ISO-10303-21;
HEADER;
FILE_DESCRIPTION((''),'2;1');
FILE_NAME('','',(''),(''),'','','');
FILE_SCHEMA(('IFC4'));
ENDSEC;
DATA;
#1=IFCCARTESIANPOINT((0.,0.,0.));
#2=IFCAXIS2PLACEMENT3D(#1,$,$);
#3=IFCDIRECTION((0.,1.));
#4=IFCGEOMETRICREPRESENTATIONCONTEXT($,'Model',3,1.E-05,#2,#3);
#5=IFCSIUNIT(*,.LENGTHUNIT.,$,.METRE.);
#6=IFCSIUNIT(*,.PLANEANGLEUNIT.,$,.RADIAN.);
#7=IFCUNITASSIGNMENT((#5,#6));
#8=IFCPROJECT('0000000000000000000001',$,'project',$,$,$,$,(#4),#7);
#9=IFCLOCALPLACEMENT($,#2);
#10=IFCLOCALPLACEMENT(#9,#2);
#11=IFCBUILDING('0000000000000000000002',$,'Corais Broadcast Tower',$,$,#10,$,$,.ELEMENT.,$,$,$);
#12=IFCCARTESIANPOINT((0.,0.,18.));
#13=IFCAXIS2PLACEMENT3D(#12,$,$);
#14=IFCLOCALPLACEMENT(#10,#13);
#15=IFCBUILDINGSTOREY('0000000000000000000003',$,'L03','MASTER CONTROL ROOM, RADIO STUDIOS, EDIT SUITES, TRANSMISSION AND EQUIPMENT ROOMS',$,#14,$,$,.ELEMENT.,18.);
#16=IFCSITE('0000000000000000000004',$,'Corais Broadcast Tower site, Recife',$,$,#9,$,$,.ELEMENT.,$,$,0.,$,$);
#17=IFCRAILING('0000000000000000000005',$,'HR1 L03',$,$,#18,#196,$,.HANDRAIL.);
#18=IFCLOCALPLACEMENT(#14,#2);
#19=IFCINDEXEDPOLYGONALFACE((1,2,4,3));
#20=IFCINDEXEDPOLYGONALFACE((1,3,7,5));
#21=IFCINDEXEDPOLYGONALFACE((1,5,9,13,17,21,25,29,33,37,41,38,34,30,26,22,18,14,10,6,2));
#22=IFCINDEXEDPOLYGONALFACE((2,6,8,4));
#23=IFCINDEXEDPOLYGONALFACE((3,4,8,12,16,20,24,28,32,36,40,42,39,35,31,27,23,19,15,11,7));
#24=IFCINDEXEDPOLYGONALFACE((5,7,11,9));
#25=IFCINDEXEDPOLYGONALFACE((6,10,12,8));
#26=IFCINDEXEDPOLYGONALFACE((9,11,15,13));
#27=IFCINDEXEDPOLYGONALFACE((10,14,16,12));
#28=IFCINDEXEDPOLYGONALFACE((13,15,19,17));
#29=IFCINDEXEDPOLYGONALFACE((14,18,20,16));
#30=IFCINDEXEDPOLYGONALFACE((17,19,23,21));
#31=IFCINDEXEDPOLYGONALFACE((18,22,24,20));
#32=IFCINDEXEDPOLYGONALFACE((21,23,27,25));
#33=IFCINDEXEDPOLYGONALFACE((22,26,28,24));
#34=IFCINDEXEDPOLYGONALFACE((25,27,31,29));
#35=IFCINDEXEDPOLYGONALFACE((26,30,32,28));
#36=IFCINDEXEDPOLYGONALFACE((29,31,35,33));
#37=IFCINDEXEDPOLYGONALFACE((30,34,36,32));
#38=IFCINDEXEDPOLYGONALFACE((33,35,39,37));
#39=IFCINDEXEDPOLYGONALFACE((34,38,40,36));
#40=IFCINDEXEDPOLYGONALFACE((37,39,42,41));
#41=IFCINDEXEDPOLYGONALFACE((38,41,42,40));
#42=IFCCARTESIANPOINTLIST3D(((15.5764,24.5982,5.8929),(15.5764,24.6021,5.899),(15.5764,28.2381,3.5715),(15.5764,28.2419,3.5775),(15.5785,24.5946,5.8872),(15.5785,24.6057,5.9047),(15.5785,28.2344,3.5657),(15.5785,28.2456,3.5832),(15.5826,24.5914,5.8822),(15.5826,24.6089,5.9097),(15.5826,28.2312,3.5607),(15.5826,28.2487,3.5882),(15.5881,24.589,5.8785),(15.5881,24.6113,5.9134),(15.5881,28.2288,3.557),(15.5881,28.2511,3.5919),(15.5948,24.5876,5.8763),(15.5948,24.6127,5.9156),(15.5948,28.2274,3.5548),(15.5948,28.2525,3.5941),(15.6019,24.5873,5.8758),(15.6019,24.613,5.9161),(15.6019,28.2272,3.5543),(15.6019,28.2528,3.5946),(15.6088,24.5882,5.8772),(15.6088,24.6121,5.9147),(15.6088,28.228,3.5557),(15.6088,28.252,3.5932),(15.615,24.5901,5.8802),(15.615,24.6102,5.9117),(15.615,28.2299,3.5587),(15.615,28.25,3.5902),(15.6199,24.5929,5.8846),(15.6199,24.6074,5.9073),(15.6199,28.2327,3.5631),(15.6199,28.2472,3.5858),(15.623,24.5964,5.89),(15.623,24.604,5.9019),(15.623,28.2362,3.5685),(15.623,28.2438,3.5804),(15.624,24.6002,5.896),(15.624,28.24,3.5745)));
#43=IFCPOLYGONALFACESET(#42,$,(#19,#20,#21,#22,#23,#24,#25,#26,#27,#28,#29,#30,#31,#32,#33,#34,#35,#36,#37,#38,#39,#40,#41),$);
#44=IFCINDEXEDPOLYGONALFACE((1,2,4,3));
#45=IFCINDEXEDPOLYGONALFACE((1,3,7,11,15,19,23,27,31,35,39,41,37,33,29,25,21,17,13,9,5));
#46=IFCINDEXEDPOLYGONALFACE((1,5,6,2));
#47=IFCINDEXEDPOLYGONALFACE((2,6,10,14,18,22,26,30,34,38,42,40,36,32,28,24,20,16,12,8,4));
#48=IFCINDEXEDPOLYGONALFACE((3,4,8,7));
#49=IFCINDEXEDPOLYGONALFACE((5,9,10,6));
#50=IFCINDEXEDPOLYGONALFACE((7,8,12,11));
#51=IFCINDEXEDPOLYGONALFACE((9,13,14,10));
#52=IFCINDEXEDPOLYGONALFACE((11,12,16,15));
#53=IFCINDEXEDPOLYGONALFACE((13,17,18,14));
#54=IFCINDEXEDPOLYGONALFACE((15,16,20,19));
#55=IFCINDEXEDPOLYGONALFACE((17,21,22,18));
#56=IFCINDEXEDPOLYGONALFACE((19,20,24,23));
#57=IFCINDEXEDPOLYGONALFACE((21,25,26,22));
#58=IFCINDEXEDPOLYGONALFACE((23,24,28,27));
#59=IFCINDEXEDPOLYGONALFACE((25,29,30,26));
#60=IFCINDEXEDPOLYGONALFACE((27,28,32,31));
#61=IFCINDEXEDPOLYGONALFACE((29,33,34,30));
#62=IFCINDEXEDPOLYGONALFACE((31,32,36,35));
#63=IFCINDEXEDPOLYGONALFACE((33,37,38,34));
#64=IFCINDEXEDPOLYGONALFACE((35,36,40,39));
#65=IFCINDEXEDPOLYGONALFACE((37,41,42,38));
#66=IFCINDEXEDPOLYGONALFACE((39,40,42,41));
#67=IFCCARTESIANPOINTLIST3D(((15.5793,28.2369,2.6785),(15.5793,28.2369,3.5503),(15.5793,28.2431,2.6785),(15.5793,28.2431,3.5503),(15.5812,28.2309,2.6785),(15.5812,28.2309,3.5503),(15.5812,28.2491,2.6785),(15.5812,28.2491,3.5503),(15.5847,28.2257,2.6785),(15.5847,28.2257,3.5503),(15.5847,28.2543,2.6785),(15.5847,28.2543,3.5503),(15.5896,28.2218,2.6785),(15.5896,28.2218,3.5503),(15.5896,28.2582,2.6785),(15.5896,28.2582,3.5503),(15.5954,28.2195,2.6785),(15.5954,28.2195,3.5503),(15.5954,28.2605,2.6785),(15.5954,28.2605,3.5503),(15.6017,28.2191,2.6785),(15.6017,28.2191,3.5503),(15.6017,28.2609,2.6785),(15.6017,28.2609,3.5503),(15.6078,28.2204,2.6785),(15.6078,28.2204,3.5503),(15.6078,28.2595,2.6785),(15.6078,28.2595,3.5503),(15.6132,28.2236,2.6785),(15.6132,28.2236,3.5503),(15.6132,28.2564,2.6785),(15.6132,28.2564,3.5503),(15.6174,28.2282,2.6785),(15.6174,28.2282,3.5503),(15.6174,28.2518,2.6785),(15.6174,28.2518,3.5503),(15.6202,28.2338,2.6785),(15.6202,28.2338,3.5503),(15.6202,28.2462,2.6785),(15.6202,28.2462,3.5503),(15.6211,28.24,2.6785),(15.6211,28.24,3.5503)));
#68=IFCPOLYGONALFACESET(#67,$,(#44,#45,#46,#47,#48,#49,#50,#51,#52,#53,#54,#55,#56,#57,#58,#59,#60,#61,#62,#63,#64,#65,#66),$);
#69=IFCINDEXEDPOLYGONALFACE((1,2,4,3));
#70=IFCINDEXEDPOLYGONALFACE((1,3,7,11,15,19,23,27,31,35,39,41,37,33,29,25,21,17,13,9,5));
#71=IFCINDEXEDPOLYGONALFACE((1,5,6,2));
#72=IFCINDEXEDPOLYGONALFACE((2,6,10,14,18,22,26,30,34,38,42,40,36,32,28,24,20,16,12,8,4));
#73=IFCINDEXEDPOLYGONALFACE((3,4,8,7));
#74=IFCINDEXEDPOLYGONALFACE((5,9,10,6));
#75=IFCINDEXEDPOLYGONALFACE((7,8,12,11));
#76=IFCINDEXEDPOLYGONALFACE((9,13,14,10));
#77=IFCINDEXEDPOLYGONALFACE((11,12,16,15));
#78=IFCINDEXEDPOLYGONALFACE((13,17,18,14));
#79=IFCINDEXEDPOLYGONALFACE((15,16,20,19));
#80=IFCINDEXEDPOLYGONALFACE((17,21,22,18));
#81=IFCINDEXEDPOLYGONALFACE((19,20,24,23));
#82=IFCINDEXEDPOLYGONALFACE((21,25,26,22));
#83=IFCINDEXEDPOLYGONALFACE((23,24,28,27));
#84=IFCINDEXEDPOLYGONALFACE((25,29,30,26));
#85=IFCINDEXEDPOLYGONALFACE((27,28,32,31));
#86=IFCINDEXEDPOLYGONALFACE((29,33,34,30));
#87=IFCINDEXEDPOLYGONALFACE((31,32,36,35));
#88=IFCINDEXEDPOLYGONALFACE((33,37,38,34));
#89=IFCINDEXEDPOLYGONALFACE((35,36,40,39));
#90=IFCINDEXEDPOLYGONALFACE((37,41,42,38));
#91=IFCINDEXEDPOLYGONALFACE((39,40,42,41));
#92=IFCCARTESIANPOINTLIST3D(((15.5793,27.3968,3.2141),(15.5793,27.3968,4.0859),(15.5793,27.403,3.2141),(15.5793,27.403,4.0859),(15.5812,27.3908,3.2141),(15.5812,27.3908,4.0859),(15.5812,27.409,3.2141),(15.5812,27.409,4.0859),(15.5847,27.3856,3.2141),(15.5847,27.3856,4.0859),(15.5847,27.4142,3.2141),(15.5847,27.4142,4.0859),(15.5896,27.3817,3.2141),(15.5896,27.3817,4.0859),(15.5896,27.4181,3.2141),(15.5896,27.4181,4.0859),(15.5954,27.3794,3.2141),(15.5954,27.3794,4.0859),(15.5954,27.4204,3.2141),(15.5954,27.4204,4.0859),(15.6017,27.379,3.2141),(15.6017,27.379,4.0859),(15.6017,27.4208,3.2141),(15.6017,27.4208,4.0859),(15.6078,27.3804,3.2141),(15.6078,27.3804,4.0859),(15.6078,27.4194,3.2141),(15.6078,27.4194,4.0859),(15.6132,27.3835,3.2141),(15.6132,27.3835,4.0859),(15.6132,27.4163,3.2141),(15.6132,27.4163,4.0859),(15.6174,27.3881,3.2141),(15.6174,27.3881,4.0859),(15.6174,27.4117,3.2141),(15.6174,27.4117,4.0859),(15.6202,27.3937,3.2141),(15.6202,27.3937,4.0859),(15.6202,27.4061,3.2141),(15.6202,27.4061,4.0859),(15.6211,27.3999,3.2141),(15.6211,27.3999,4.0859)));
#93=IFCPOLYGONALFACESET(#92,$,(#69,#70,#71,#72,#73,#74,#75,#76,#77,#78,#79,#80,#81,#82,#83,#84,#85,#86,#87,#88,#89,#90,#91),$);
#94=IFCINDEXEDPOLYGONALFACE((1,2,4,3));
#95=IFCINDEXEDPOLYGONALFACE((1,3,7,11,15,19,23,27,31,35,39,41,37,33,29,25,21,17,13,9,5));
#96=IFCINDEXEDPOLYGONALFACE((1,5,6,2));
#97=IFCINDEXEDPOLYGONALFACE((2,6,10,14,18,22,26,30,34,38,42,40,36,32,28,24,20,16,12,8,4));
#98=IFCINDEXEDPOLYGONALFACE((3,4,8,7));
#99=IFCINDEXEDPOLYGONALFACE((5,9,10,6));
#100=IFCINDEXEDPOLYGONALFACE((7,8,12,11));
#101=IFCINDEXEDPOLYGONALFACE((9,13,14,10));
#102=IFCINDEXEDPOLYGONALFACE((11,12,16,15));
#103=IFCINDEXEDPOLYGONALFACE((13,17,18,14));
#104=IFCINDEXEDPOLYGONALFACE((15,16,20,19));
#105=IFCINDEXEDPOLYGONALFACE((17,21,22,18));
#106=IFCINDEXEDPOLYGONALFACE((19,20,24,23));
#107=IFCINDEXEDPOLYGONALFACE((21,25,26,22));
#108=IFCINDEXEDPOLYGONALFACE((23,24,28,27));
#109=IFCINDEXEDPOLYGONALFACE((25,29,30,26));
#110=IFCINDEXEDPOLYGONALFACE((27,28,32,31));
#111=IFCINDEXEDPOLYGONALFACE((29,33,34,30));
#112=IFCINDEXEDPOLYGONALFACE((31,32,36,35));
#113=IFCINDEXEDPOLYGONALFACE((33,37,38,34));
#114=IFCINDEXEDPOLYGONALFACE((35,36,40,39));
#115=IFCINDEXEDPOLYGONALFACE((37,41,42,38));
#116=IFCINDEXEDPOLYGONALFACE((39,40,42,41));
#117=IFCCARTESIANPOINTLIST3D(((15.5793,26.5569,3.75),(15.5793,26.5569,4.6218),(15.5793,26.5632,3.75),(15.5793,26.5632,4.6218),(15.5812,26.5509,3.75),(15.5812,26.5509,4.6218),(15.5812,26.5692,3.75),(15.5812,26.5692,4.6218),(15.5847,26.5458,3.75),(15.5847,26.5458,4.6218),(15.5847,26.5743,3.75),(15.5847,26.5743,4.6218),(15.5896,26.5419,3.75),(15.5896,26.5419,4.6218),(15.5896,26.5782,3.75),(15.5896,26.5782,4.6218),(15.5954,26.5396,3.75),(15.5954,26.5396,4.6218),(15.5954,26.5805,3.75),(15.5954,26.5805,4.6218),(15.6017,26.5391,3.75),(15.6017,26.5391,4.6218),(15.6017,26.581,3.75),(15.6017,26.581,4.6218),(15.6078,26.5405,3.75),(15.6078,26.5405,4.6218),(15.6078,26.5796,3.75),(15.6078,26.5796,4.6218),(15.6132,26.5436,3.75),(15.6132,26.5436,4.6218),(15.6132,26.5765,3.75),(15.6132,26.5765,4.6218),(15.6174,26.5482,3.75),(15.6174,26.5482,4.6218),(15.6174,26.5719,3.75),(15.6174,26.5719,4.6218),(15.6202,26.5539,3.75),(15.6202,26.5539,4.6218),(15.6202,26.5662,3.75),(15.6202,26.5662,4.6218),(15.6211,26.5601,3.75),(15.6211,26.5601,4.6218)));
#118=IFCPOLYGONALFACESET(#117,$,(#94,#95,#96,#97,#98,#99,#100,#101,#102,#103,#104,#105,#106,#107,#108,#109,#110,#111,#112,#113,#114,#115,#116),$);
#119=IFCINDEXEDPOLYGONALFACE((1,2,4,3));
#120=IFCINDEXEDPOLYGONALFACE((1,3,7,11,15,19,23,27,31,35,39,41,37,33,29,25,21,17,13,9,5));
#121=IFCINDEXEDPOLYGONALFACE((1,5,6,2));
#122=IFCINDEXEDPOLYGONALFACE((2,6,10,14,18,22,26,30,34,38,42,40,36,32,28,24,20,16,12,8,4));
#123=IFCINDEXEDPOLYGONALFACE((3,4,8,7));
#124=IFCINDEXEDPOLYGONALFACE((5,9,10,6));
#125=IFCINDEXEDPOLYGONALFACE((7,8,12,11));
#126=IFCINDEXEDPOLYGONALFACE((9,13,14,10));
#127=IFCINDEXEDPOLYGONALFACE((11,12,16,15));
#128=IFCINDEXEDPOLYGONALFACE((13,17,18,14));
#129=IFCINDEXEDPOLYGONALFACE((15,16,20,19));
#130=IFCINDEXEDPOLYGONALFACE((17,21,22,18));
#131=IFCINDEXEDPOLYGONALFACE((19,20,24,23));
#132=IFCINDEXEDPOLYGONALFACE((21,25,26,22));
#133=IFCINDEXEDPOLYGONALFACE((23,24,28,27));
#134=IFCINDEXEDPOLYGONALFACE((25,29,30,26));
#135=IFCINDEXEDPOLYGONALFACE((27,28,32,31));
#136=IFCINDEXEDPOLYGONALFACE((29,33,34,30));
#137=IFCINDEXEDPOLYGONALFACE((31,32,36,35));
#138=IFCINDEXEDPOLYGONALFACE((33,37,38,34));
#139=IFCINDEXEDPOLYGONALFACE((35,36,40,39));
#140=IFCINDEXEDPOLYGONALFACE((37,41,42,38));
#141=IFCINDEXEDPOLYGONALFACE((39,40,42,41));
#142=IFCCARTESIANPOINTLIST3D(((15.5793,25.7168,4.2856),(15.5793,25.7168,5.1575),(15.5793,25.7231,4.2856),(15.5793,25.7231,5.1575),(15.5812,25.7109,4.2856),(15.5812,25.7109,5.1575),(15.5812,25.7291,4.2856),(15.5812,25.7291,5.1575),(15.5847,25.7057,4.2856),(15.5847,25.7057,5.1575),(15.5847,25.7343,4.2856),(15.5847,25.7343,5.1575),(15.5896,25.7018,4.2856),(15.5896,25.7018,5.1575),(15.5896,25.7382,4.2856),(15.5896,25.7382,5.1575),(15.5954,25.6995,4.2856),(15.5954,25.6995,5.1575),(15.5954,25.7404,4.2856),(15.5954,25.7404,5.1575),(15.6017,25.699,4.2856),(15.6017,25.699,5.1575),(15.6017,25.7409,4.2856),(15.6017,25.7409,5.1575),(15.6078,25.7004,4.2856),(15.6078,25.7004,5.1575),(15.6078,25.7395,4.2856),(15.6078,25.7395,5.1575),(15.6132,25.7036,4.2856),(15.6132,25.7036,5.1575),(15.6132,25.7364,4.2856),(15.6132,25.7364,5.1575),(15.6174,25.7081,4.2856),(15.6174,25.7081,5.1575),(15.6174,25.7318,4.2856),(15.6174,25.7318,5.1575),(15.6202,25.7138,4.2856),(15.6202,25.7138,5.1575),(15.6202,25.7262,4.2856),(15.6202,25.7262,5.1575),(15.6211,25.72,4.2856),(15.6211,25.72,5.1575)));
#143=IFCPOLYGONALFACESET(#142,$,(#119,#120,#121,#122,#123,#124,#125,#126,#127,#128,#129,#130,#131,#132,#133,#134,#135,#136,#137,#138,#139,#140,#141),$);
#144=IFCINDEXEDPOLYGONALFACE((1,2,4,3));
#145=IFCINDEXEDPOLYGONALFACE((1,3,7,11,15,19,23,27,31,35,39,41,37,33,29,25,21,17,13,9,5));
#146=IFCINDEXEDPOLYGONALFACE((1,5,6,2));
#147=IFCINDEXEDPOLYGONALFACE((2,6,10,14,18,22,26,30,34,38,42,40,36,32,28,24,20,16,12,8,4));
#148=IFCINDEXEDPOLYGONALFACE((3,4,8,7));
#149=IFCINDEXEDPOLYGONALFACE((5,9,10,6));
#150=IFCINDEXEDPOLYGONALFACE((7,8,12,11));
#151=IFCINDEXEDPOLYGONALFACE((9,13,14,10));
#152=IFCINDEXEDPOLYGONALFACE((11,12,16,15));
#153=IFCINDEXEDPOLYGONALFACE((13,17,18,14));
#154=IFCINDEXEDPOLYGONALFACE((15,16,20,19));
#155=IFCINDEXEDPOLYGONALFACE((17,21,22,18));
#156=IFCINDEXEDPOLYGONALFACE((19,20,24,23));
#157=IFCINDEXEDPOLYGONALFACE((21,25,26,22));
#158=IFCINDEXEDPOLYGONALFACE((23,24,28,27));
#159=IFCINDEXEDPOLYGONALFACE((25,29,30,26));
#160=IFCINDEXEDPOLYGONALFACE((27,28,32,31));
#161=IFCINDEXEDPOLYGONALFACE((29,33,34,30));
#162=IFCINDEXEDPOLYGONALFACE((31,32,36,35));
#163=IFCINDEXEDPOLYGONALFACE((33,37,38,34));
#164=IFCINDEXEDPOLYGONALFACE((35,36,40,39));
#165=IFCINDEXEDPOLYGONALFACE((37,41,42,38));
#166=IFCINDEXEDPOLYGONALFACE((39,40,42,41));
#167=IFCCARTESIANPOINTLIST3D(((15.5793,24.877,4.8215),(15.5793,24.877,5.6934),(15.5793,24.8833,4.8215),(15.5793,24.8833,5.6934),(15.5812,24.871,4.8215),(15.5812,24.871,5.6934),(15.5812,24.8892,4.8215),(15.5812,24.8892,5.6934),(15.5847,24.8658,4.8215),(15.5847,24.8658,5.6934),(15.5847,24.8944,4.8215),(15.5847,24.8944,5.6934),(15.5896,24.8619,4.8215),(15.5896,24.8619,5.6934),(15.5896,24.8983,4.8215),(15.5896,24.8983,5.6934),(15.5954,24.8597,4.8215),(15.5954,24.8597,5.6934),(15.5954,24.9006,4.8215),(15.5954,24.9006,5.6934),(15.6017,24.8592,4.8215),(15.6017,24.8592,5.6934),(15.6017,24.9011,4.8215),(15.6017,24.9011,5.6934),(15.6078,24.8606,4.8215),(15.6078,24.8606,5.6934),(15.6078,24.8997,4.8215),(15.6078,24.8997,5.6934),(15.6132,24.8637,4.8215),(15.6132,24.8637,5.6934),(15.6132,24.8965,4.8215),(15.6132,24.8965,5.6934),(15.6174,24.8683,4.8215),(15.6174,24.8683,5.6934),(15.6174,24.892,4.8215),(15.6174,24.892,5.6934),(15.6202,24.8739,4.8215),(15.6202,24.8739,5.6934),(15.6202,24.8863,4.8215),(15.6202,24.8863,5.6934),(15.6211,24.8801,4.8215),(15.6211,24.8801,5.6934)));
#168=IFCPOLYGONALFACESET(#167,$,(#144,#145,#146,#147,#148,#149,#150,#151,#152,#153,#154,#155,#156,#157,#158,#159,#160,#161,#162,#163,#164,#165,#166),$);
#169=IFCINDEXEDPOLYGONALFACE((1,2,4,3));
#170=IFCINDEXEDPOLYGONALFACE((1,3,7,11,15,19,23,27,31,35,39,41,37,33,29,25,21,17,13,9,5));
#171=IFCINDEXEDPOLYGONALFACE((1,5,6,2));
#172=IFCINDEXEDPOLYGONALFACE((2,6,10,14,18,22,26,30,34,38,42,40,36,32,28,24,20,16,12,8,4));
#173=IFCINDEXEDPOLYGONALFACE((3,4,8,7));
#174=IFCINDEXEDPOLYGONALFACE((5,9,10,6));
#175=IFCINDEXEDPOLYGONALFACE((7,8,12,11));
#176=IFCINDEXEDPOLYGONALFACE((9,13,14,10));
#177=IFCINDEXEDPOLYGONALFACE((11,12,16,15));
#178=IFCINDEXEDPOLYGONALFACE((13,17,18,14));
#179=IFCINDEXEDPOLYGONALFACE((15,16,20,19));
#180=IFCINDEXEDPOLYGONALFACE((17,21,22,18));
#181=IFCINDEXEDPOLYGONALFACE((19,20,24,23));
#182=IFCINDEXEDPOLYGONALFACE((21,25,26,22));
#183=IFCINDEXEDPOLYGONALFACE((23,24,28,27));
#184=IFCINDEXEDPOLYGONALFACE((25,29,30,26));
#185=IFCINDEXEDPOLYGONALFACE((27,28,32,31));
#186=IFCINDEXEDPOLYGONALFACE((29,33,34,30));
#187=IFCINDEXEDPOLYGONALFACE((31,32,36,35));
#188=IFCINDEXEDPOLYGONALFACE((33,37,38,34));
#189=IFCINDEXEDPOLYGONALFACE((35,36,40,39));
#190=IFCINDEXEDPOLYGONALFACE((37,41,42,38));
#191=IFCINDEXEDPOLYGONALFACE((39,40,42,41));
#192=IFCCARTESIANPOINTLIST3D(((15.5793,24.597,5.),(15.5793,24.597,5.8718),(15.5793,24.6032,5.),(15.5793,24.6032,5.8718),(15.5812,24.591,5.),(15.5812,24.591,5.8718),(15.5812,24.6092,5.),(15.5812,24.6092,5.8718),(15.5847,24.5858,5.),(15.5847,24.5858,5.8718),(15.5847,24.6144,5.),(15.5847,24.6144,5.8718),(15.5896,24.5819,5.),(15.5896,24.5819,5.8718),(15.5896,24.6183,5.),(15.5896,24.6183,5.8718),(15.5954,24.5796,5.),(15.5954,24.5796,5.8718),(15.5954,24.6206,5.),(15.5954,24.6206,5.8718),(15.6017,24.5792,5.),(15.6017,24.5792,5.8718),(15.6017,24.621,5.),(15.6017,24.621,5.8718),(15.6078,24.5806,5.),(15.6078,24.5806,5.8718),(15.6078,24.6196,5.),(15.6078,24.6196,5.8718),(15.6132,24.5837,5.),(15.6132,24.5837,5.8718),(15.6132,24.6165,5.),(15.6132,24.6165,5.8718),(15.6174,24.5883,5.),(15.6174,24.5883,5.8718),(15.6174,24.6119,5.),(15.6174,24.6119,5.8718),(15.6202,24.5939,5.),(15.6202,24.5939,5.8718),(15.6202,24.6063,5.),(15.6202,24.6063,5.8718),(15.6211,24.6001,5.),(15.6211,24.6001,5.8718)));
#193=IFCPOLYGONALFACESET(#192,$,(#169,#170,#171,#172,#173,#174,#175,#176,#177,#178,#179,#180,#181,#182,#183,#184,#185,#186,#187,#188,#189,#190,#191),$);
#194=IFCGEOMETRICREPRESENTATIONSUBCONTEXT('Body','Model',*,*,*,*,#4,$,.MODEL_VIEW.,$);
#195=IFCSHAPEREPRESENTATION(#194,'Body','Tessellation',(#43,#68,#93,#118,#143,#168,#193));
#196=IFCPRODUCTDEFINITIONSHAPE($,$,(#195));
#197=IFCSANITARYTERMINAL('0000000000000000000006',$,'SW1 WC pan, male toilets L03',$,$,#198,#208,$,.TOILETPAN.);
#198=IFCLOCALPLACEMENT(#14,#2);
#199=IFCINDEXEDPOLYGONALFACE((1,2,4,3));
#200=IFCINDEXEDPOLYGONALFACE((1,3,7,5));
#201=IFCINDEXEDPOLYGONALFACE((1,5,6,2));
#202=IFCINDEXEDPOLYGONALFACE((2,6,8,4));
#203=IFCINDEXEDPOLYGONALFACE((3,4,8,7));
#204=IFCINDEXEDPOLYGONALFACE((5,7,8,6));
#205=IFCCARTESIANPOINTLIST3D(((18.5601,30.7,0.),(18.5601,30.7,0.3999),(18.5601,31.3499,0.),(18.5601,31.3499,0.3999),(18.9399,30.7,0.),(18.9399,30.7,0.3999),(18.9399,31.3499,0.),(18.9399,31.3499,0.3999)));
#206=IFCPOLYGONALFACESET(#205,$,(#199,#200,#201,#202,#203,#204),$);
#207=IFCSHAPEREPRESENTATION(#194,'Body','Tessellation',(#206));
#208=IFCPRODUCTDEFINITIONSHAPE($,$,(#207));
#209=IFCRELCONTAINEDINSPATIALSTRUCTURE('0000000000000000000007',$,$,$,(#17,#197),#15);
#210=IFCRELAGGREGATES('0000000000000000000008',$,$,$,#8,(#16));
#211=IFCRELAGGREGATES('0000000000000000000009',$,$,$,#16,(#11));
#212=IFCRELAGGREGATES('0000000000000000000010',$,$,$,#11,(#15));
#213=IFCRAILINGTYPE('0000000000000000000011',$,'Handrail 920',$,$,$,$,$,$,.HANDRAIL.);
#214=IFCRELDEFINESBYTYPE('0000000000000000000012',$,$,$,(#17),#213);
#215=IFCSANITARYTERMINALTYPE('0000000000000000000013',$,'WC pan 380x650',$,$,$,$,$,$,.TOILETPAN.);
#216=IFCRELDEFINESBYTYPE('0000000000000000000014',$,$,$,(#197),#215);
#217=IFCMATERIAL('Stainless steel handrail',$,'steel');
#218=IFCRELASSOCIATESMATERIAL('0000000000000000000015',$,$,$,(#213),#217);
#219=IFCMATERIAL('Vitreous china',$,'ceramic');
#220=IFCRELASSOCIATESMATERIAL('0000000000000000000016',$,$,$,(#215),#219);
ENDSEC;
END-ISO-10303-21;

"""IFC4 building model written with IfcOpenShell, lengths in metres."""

from ifc_helpers import new_model, si_unit, direction, frame, origin, origin_2d, place, context, subcontext, project, spatial, rectangle, circle, extrude, material, type_object, element, save


model = new_model("IFC4")

# Units and contexts
model_context = context("Model", 3, precision=1e-05, world=origin(), true_north=direction((0.0, 1.0)))
body_context = subcontext(model_context, "Body", "Model", "MODEL_VIEW")
ifc_project = project(units=[si_unit("LENGTHUNIT", "METRE"), si_unit("PLANEANGLEUNIT", "RADIAN")], contexts=[model_context])

# Site, building, storey
site_placement = place(None, origin())
site = spatial("IfcSite", under=ifc_project, at=site_placement, Name="Corais Broadcast Tower site, Recife", CompositionType="ELEMENT", RefElevation=0.0)
building_placement = place(site_placement, origin())
building = spatial("IfcBuilding", under=site, at=building_placement, Name="Corais Broadcast Tower", CompositionType="ELEMENT")
storey_placement = place(building_placement, frame((0.0, 0.0, 18.0)))
storey = spatial("IfcBuildingStorey", under=building, at=storey_placement, Name="L03", Description="MASTER CONTROL ROOM, RADIO STUDIOS, EDIT SUITES, TRANSMISSION AND EQUIPMENT ROOMS", CompositionType="ELEMENT", Elevation=18.0)

# Railing
ifc_material_1 = material(Name="Stainless steel handrail", Category="steel")
railing_type = type_object("IfcRailingType", Name="Handrail 920", PredefinedType="HANDRAIL", material=ifc_material_1)
for number, where, name in (
    (1, (15.6001, 28.24, 2.6785), "HR1 L03"),
):
    element("IfcRailing", number, at=place(storey_placement, frame(where)), inside=storey, type_object=railing_type, Name=name, PredefinedType="HANDRAIL", context=body_context, shape_type="SweptSolid", body=[
        extrude(circle(Radius=0.0239, at=origin_2d()), frame((0.0, 0.0, 0.896), z_axis=(0.0, -0.843112, 0.537739), x_axis=(1.0, 0.0, 0.0)), (0.0, 0.0, 1.0), 4.3171),
        extrude(circle(Radius=0.021, at=origin_2d()), origin(), (0.0, 0.0, 1.0), 0.8718),
        extrude(circle(Radius=0.021, at=origin_2d()), frame((0.0, -0.8401, 0.5356)), (0.0, 0.0, 1.0), 0.8718),
        extrude(circle(Radius=0.021, at=origin_2d()), frame((0.0, -1.6799, 1.0715)), (0.0, 0.0, 1.0), 0.8718),
        extrude(circle(Radius=0.021, at=origin_2d()), frame((0.0, -2.52, 1.6072)), (0.0, 0.0, 1.0), 0.8718),
        extrude(circle(Radius=0.021, at=origin_2d()), frame((0.0, -3.3599, 2.1431)), (0.0, 0.0, 1.0), 0.8718),
        extrude(circle(Radius=0.021, at=origin_2d()), frame((0.0, -3.6399, 2.3215)), (0.0, 0.0, 1.0), 0.8718),
    ])

# Sanitary terminal
ifc_material_2 = material(Name="Vitreous china", Category="ceramic")
sanitary_terminal_type_1 = type_object("IfcSanitaryTerminalType", Name="WC pan 380x650", PredefinedType="TOILETPAN", material=ifc_material_2)
for number, where, z_axis, x_axis, name in (
    (2, (18.75, 31.0249, 0.0), (0.0, 0.0, 1.0), (1.0, 0.0, 0.0), "SW1 WC pan, male toilets L03"),
):
    element("IfcSanitaryTerminal", number, at=place(storey_placement, frame(where, z_axis=z_axis, x_axis=x_axis)), inside=storey, type_object=sanitary_terminal_type_1, Name=name, PredefinedType="TOILETPAN", context=body_context, shape_type="SweptSolid", body=[
        extrude(rectangle(XDim=0.3799, YDim=0.6499, at=origin_2d()), origin(), (0.0, 0.0, 1.0), 0.3999),
    ])

save(model, "model.ifc")
